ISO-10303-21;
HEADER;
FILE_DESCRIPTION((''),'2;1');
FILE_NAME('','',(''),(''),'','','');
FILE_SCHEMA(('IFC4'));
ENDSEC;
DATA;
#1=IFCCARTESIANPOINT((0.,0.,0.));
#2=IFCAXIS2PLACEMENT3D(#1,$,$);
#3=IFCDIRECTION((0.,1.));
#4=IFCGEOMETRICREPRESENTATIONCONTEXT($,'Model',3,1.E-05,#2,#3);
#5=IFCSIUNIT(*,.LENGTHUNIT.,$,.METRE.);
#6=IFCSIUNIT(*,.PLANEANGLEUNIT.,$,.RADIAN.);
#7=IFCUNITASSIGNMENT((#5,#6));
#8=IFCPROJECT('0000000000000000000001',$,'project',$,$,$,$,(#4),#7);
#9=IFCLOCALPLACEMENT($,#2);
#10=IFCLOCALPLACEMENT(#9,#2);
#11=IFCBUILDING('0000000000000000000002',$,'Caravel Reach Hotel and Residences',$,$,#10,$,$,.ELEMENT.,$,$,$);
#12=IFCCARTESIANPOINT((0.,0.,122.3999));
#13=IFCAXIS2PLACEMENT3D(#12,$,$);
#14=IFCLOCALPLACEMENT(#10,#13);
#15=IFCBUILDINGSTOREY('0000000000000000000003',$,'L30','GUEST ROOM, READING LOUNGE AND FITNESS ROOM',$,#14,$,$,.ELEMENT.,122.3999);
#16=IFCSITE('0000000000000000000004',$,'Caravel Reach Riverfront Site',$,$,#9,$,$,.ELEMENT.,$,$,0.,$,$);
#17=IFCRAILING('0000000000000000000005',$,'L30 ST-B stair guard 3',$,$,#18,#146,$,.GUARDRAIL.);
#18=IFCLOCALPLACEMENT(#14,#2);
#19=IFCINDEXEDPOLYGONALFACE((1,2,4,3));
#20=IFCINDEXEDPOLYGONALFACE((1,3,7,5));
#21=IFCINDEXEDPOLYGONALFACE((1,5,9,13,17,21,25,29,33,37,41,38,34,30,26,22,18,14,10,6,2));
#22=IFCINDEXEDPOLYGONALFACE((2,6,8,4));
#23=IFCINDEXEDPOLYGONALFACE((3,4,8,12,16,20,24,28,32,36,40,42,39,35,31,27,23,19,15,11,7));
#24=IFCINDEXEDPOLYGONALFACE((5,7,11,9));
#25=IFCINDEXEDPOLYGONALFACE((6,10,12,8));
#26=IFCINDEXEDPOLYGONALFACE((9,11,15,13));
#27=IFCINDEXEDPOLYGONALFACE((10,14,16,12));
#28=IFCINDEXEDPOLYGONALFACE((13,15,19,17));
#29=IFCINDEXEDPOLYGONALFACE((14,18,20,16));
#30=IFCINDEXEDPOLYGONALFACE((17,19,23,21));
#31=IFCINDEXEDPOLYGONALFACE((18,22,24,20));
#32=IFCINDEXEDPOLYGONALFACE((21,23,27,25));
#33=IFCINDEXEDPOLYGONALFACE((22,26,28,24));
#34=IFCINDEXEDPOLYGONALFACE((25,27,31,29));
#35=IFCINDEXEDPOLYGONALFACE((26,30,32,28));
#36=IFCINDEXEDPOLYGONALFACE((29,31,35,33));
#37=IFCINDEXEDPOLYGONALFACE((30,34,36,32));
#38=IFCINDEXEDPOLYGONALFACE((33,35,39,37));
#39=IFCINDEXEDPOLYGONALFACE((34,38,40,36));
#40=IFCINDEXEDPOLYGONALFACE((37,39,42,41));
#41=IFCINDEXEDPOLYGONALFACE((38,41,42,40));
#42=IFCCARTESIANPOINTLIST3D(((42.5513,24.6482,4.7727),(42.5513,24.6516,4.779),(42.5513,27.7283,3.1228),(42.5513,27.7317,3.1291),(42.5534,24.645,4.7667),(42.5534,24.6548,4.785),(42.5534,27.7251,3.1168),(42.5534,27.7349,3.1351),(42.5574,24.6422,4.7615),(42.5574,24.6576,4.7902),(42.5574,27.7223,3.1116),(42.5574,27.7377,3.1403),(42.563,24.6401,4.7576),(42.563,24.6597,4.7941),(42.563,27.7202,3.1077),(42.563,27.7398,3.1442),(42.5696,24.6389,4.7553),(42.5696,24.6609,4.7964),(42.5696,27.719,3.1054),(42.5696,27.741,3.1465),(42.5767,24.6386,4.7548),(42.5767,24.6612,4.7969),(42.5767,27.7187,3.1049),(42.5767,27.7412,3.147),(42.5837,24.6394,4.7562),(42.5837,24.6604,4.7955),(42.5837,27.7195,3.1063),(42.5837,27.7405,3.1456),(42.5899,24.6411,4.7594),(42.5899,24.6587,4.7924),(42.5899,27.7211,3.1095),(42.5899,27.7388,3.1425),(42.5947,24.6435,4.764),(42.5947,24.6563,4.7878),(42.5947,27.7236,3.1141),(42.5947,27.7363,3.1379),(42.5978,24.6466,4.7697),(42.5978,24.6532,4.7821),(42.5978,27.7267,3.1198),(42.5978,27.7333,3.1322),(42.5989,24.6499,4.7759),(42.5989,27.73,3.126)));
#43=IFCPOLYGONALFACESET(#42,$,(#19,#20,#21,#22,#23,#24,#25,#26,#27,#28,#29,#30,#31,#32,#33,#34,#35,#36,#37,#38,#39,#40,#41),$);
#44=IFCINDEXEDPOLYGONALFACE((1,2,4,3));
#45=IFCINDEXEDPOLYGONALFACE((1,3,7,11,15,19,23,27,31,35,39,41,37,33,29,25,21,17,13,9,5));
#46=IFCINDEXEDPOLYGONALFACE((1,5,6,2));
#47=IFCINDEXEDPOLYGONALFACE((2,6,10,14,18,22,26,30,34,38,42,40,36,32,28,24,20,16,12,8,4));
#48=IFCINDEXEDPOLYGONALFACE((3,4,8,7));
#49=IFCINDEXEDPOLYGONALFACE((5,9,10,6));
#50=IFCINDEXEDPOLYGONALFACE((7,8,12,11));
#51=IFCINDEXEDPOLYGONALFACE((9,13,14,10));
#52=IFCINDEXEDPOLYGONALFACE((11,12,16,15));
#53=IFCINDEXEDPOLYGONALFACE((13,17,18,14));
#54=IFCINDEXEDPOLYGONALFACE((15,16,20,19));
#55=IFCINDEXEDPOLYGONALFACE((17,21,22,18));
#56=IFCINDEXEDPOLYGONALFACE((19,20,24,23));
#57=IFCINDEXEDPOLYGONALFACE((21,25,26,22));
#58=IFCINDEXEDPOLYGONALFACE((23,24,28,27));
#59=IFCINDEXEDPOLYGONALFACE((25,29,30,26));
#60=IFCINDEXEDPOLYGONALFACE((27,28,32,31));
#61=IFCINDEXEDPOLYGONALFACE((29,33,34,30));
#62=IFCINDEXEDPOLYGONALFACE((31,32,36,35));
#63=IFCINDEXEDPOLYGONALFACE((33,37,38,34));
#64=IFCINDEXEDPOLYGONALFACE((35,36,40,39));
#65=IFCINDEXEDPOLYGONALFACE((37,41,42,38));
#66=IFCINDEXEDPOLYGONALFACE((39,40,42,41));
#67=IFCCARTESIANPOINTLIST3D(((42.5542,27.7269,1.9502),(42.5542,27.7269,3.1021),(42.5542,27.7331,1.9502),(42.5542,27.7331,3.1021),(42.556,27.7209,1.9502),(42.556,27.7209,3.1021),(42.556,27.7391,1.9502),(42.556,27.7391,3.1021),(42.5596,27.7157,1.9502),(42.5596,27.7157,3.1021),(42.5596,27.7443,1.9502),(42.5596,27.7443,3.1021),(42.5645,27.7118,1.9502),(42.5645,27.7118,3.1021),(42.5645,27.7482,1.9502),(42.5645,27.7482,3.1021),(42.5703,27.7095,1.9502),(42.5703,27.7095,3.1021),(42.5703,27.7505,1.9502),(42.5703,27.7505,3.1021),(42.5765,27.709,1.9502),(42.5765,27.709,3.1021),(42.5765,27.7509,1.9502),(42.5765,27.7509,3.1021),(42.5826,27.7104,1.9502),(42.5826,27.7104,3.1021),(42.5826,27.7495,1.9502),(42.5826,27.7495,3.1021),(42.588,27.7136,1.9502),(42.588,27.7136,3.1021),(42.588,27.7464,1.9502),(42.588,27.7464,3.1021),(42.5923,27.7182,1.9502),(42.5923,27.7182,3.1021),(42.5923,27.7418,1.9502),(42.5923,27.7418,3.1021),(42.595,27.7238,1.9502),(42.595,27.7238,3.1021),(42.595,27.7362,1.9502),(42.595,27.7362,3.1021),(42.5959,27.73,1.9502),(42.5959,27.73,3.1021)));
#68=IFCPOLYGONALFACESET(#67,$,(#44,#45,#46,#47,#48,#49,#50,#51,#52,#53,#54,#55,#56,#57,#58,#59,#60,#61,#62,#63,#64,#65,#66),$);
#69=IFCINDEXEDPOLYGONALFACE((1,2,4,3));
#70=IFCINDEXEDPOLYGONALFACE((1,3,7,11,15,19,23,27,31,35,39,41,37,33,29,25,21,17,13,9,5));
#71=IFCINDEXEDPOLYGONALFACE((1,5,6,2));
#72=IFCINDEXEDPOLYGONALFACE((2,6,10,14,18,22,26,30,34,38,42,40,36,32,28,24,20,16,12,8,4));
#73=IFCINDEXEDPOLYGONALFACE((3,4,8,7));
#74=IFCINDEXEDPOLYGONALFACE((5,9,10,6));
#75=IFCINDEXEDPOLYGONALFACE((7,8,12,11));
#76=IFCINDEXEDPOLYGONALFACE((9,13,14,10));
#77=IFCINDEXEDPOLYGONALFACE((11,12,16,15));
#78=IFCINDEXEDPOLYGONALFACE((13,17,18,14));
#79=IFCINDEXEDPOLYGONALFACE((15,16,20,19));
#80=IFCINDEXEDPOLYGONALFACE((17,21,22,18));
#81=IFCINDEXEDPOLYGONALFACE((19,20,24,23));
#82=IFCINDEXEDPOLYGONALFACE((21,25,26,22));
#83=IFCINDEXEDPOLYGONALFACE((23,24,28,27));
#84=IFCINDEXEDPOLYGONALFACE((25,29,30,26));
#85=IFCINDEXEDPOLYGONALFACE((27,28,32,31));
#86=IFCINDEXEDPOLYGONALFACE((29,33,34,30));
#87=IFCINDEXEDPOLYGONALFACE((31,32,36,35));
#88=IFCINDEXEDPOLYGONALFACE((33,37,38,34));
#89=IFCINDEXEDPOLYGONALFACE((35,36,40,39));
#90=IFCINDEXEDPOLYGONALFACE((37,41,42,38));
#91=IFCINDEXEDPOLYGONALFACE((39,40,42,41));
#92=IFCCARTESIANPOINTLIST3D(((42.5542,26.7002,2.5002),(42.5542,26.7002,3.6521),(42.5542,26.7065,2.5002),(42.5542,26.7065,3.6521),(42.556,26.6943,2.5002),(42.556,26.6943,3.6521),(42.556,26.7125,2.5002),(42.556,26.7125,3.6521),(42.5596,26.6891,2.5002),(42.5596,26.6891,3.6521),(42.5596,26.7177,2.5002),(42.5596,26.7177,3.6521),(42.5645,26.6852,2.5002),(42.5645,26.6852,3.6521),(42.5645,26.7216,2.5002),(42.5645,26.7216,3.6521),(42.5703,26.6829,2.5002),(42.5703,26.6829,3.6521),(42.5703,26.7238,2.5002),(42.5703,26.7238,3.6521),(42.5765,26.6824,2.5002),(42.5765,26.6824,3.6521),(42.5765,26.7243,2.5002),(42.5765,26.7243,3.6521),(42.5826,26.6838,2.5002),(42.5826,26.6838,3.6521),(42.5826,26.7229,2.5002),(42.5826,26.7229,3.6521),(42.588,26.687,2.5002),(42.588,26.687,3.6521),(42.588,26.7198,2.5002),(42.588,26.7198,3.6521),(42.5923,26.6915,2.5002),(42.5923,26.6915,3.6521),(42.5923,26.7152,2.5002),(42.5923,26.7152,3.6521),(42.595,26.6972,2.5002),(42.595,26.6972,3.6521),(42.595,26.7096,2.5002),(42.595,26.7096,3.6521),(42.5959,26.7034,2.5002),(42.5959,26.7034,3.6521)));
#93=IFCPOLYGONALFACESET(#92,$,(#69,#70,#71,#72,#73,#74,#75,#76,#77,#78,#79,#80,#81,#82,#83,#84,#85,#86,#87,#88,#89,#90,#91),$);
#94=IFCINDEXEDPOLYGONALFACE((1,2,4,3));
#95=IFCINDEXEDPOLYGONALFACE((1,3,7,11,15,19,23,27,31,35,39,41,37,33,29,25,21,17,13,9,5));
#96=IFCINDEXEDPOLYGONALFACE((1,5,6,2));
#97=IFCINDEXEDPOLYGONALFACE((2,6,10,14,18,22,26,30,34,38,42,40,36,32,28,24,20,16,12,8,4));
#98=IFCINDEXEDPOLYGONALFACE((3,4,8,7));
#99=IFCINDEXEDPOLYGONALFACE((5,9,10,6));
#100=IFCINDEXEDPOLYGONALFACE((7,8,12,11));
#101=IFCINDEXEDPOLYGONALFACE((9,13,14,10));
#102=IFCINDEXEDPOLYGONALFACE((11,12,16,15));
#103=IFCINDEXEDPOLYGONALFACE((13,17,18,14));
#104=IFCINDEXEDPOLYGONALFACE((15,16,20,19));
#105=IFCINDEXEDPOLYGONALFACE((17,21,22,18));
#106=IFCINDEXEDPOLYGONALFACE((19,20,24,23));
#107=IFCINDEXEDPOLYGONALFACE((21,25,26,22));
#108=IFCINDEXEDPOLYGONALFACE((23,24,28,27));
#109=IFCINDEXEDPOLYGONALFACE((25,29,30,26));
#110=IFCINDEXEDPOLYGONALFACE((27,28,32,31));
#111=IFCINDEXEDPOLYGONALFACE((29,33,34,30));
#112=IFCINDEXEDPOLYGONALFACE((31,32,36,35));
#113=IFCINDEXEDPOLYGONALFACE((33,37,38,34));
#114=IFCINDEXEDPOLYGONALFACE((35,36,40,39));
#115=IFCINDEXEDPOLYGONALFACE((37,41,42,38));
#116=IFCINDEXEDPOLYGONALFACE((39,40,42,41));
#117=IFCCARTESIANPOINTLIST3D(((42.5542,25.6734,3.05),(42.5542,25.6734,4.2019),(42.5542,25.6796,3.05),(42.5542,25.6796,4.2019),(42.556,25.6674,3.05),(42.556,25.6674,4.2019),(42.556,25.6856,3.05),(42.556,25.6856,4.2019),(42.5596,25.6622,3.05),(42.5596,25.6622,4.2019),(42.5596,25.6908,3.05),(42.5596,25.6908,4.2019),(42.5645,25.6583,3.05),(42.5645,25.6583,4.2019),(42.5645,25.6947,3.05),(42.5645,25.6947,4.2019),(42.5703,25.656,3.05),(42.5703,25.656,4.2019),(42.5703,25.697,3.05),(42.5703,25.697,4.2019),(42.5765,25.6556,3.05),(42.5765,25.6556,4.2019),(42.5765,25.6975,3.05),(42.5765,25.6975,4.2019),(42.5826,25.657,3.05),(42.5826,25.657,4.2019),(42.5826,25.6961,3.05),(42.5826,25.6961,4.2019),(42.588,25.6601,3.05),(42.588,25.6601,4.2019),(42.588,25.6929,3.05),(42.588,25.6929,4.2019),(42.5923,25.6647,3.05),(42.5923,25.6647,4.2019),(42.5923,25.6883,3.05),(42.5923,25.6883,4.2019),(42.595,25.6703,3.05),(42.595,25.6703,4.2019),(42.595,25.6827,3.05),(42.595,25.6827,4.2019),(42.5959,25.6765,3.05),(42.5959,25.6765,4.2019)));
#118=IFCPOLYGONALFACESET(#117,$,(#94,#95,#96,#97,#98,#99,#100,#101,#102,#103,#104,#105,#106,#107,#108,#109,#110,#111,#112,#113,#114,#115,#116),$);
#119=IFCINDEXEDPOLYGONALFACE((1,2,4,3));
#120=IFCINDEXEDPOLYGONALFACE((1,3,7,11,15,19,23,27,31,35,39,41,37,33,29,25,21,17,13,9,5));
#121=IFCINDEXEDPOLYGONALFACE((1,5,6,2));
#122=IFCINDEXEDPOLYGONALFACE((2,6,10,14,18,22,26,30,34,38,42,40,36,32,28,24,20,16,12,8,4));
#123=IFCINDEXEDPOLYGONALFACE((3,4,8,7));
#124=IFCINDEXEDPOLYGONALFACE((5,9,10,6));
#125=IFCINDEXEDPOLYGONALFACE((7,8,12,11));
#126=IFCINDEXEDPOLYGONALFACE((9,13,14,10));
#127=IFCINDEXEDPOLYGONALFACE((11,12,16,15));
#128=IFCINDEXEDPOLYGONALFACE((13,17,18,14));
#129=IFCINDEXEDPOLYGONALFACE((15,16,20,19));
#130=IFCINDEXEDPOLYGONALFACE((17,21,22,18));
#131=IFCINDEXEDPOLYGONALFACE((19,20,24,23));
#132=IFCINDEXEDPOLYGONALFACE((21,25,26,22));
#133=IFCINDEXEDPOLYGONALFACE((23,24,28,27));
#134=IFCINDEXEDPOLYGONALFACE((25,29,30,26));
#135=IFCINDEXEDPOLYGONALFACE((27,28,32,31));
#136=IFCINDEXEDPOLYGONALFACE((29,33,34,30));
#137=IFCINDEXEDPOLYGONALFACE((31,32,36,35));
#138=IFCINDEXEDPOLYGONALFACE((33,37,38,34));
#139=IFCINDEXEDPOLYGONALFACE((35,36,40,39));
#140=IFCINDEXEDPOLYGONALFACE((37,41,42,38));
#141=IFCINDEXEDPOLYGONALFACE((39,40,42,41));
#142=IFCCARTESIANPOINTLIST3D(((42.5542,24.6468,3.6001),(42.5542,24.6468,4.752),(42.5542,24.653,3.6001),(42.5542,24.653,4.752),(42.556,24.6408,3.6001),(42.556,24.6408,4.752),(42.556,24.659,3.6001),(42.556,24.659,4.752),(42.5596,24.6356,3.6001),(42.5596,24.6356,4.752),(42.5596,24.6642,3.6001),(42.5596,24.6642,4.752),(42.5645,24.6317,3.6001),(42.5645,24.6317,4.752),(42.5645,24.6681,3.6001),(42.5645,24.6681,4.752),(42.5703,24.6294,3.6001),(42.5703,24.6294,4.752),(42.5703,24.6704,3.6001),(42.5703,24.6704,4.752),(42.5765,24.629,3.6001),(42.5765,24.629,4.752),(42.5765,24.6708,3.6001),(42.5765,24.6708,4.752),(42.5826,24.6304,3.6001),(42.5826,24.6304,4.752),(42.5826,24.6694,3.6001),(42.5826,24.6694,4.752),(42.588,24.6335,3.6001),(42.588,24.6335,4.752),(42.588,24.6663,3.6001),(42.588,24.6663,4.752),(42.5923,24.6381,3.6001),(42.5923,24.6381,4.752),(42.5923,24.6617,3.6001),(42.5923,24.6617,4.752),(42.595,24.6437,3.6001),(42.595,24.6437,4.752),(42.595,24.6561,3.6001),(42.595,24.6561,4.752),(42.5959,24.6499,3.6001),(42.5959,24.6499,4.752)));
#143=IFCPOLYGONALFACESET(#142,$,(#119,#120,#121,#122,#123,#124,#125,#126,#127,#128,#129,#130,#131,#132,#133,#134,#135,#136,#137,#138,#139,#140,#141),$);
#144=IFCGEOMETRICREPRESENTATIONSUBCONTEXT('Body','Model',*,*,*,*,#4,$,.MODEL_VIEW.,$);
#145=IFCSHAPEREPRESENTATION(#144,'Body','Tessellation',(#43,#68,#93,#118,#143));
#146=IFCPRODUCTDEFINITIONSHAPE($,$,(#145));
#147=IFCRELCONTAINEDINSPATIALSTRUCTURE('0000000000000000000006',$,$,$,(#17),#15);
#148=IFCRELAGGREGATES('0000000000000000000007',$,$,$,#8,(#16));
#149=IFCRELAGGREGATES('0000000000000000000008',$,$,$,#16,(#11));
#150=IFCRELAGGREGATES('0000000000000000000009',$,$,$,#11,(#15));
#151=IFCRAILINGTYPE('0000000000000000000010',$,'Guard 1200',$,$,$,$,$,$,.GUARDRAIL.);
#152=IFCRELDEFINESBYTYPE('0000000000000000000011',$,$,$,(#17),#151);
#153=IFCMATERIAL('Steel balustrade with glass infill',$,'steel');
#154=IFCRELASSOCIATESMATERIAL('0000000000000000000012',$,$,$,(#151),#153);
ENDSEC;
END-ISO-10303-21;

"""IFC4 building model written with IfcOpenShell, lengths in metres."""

from ifc_helpers import new_model, si_unit, direction, frame, origin, origin_2d, place, context, subcontext, project, spatial, circle, extrude, material, type_object, element, save


model = new_model("IFC4")

# Units and contexts
model_context = context("Model", 3, precision=1e-05, world=origin(), true_north=direction((0.0, 1.0)))
body_context = subcontext(model_context, "Body", "Model", "MODEL_VIEW")
ifc_project = project(units=[si_unit("LENGTHUNIT", "METRE"), si_unit("PLANEANGLEUNIT", "RADIAN")], contexts=[model_context])

# Site, building, storey
site_placement = place(None, origin())
site = spatial("IfcSite", under=ifc_project, at=site_placement, Name="Caravel Reach Riverfront Site", CompositionType="ELEMENT", RefElevation=0.0)
building_placement = place(site_placement, origin())
building = spatial("IfcBuilding", under=site, at=building_placement, Name="Caravel Reach Hotel and Residences", CompositionType="ELEMENT")
storey_placement = place(building_placement, frame((0.0, 0.0, 122.3999)))
storey = spatial("IfcBuildingStorey", under=building, at=storey_placement, Name="L30", Description="GUEST ROOM, READING LOUNGE AND FITNESS ROOM", CompositionType="ELEMENT", Elevation=122.3999)

# Railing
ifc_material_1 = material(Name="Steel balustrade with glass infill", Category="steel")
railing_type_1 = type_object("IfcRailingType", Name="Guard 1200", PredefinedType="GUARDRAIL", material=ifc_material_1)
railing_1_placement = place(storey_placement, frame((42.575, 27.73, 1.9502)))
element("IfcRailing", 1, at=railing_1_placement, inside=storey, type_object=railing_type_1, Name="L30 ST-B stair guard 3", PredefinedType="GUARDRAIL", context=body_context, shape_type="SweptSolid", body=[
    extrude(circle(Radius=0.0239, at=origin_2d()), frame((0.0, 0.0, 1.1758), z_axis=(0.0, -0.881497, 0.47219), x_axis=(1.0, 0.0, 0.0)), (0.0, 0.0, 1.0), 3.4941),
    extrude(circle(Radius=0.021, at=origin_2d()), origin(), (0.0, 0.0, 1.0), 1.1519),
    extrude(circle(Radius=0.021, at=origin_2d()), frame((0.0, -1.0266, 0.55)), (0.0, 0.0, 1.0), 1.1519),
    extrude(circle(Radius=0.021, at=origin_2d()), frame((0.0, -2.0535, 1.0999)), (0.0, 0.0, 1.0), 1.1519),
    extrude(circle(Radius=0.021, at=origin_2d()), frame((0.0, -3.0801, 1.6499)), (0.0, 0.0, 1.0), 1.1519),
])

save(model, "model.ifc")
